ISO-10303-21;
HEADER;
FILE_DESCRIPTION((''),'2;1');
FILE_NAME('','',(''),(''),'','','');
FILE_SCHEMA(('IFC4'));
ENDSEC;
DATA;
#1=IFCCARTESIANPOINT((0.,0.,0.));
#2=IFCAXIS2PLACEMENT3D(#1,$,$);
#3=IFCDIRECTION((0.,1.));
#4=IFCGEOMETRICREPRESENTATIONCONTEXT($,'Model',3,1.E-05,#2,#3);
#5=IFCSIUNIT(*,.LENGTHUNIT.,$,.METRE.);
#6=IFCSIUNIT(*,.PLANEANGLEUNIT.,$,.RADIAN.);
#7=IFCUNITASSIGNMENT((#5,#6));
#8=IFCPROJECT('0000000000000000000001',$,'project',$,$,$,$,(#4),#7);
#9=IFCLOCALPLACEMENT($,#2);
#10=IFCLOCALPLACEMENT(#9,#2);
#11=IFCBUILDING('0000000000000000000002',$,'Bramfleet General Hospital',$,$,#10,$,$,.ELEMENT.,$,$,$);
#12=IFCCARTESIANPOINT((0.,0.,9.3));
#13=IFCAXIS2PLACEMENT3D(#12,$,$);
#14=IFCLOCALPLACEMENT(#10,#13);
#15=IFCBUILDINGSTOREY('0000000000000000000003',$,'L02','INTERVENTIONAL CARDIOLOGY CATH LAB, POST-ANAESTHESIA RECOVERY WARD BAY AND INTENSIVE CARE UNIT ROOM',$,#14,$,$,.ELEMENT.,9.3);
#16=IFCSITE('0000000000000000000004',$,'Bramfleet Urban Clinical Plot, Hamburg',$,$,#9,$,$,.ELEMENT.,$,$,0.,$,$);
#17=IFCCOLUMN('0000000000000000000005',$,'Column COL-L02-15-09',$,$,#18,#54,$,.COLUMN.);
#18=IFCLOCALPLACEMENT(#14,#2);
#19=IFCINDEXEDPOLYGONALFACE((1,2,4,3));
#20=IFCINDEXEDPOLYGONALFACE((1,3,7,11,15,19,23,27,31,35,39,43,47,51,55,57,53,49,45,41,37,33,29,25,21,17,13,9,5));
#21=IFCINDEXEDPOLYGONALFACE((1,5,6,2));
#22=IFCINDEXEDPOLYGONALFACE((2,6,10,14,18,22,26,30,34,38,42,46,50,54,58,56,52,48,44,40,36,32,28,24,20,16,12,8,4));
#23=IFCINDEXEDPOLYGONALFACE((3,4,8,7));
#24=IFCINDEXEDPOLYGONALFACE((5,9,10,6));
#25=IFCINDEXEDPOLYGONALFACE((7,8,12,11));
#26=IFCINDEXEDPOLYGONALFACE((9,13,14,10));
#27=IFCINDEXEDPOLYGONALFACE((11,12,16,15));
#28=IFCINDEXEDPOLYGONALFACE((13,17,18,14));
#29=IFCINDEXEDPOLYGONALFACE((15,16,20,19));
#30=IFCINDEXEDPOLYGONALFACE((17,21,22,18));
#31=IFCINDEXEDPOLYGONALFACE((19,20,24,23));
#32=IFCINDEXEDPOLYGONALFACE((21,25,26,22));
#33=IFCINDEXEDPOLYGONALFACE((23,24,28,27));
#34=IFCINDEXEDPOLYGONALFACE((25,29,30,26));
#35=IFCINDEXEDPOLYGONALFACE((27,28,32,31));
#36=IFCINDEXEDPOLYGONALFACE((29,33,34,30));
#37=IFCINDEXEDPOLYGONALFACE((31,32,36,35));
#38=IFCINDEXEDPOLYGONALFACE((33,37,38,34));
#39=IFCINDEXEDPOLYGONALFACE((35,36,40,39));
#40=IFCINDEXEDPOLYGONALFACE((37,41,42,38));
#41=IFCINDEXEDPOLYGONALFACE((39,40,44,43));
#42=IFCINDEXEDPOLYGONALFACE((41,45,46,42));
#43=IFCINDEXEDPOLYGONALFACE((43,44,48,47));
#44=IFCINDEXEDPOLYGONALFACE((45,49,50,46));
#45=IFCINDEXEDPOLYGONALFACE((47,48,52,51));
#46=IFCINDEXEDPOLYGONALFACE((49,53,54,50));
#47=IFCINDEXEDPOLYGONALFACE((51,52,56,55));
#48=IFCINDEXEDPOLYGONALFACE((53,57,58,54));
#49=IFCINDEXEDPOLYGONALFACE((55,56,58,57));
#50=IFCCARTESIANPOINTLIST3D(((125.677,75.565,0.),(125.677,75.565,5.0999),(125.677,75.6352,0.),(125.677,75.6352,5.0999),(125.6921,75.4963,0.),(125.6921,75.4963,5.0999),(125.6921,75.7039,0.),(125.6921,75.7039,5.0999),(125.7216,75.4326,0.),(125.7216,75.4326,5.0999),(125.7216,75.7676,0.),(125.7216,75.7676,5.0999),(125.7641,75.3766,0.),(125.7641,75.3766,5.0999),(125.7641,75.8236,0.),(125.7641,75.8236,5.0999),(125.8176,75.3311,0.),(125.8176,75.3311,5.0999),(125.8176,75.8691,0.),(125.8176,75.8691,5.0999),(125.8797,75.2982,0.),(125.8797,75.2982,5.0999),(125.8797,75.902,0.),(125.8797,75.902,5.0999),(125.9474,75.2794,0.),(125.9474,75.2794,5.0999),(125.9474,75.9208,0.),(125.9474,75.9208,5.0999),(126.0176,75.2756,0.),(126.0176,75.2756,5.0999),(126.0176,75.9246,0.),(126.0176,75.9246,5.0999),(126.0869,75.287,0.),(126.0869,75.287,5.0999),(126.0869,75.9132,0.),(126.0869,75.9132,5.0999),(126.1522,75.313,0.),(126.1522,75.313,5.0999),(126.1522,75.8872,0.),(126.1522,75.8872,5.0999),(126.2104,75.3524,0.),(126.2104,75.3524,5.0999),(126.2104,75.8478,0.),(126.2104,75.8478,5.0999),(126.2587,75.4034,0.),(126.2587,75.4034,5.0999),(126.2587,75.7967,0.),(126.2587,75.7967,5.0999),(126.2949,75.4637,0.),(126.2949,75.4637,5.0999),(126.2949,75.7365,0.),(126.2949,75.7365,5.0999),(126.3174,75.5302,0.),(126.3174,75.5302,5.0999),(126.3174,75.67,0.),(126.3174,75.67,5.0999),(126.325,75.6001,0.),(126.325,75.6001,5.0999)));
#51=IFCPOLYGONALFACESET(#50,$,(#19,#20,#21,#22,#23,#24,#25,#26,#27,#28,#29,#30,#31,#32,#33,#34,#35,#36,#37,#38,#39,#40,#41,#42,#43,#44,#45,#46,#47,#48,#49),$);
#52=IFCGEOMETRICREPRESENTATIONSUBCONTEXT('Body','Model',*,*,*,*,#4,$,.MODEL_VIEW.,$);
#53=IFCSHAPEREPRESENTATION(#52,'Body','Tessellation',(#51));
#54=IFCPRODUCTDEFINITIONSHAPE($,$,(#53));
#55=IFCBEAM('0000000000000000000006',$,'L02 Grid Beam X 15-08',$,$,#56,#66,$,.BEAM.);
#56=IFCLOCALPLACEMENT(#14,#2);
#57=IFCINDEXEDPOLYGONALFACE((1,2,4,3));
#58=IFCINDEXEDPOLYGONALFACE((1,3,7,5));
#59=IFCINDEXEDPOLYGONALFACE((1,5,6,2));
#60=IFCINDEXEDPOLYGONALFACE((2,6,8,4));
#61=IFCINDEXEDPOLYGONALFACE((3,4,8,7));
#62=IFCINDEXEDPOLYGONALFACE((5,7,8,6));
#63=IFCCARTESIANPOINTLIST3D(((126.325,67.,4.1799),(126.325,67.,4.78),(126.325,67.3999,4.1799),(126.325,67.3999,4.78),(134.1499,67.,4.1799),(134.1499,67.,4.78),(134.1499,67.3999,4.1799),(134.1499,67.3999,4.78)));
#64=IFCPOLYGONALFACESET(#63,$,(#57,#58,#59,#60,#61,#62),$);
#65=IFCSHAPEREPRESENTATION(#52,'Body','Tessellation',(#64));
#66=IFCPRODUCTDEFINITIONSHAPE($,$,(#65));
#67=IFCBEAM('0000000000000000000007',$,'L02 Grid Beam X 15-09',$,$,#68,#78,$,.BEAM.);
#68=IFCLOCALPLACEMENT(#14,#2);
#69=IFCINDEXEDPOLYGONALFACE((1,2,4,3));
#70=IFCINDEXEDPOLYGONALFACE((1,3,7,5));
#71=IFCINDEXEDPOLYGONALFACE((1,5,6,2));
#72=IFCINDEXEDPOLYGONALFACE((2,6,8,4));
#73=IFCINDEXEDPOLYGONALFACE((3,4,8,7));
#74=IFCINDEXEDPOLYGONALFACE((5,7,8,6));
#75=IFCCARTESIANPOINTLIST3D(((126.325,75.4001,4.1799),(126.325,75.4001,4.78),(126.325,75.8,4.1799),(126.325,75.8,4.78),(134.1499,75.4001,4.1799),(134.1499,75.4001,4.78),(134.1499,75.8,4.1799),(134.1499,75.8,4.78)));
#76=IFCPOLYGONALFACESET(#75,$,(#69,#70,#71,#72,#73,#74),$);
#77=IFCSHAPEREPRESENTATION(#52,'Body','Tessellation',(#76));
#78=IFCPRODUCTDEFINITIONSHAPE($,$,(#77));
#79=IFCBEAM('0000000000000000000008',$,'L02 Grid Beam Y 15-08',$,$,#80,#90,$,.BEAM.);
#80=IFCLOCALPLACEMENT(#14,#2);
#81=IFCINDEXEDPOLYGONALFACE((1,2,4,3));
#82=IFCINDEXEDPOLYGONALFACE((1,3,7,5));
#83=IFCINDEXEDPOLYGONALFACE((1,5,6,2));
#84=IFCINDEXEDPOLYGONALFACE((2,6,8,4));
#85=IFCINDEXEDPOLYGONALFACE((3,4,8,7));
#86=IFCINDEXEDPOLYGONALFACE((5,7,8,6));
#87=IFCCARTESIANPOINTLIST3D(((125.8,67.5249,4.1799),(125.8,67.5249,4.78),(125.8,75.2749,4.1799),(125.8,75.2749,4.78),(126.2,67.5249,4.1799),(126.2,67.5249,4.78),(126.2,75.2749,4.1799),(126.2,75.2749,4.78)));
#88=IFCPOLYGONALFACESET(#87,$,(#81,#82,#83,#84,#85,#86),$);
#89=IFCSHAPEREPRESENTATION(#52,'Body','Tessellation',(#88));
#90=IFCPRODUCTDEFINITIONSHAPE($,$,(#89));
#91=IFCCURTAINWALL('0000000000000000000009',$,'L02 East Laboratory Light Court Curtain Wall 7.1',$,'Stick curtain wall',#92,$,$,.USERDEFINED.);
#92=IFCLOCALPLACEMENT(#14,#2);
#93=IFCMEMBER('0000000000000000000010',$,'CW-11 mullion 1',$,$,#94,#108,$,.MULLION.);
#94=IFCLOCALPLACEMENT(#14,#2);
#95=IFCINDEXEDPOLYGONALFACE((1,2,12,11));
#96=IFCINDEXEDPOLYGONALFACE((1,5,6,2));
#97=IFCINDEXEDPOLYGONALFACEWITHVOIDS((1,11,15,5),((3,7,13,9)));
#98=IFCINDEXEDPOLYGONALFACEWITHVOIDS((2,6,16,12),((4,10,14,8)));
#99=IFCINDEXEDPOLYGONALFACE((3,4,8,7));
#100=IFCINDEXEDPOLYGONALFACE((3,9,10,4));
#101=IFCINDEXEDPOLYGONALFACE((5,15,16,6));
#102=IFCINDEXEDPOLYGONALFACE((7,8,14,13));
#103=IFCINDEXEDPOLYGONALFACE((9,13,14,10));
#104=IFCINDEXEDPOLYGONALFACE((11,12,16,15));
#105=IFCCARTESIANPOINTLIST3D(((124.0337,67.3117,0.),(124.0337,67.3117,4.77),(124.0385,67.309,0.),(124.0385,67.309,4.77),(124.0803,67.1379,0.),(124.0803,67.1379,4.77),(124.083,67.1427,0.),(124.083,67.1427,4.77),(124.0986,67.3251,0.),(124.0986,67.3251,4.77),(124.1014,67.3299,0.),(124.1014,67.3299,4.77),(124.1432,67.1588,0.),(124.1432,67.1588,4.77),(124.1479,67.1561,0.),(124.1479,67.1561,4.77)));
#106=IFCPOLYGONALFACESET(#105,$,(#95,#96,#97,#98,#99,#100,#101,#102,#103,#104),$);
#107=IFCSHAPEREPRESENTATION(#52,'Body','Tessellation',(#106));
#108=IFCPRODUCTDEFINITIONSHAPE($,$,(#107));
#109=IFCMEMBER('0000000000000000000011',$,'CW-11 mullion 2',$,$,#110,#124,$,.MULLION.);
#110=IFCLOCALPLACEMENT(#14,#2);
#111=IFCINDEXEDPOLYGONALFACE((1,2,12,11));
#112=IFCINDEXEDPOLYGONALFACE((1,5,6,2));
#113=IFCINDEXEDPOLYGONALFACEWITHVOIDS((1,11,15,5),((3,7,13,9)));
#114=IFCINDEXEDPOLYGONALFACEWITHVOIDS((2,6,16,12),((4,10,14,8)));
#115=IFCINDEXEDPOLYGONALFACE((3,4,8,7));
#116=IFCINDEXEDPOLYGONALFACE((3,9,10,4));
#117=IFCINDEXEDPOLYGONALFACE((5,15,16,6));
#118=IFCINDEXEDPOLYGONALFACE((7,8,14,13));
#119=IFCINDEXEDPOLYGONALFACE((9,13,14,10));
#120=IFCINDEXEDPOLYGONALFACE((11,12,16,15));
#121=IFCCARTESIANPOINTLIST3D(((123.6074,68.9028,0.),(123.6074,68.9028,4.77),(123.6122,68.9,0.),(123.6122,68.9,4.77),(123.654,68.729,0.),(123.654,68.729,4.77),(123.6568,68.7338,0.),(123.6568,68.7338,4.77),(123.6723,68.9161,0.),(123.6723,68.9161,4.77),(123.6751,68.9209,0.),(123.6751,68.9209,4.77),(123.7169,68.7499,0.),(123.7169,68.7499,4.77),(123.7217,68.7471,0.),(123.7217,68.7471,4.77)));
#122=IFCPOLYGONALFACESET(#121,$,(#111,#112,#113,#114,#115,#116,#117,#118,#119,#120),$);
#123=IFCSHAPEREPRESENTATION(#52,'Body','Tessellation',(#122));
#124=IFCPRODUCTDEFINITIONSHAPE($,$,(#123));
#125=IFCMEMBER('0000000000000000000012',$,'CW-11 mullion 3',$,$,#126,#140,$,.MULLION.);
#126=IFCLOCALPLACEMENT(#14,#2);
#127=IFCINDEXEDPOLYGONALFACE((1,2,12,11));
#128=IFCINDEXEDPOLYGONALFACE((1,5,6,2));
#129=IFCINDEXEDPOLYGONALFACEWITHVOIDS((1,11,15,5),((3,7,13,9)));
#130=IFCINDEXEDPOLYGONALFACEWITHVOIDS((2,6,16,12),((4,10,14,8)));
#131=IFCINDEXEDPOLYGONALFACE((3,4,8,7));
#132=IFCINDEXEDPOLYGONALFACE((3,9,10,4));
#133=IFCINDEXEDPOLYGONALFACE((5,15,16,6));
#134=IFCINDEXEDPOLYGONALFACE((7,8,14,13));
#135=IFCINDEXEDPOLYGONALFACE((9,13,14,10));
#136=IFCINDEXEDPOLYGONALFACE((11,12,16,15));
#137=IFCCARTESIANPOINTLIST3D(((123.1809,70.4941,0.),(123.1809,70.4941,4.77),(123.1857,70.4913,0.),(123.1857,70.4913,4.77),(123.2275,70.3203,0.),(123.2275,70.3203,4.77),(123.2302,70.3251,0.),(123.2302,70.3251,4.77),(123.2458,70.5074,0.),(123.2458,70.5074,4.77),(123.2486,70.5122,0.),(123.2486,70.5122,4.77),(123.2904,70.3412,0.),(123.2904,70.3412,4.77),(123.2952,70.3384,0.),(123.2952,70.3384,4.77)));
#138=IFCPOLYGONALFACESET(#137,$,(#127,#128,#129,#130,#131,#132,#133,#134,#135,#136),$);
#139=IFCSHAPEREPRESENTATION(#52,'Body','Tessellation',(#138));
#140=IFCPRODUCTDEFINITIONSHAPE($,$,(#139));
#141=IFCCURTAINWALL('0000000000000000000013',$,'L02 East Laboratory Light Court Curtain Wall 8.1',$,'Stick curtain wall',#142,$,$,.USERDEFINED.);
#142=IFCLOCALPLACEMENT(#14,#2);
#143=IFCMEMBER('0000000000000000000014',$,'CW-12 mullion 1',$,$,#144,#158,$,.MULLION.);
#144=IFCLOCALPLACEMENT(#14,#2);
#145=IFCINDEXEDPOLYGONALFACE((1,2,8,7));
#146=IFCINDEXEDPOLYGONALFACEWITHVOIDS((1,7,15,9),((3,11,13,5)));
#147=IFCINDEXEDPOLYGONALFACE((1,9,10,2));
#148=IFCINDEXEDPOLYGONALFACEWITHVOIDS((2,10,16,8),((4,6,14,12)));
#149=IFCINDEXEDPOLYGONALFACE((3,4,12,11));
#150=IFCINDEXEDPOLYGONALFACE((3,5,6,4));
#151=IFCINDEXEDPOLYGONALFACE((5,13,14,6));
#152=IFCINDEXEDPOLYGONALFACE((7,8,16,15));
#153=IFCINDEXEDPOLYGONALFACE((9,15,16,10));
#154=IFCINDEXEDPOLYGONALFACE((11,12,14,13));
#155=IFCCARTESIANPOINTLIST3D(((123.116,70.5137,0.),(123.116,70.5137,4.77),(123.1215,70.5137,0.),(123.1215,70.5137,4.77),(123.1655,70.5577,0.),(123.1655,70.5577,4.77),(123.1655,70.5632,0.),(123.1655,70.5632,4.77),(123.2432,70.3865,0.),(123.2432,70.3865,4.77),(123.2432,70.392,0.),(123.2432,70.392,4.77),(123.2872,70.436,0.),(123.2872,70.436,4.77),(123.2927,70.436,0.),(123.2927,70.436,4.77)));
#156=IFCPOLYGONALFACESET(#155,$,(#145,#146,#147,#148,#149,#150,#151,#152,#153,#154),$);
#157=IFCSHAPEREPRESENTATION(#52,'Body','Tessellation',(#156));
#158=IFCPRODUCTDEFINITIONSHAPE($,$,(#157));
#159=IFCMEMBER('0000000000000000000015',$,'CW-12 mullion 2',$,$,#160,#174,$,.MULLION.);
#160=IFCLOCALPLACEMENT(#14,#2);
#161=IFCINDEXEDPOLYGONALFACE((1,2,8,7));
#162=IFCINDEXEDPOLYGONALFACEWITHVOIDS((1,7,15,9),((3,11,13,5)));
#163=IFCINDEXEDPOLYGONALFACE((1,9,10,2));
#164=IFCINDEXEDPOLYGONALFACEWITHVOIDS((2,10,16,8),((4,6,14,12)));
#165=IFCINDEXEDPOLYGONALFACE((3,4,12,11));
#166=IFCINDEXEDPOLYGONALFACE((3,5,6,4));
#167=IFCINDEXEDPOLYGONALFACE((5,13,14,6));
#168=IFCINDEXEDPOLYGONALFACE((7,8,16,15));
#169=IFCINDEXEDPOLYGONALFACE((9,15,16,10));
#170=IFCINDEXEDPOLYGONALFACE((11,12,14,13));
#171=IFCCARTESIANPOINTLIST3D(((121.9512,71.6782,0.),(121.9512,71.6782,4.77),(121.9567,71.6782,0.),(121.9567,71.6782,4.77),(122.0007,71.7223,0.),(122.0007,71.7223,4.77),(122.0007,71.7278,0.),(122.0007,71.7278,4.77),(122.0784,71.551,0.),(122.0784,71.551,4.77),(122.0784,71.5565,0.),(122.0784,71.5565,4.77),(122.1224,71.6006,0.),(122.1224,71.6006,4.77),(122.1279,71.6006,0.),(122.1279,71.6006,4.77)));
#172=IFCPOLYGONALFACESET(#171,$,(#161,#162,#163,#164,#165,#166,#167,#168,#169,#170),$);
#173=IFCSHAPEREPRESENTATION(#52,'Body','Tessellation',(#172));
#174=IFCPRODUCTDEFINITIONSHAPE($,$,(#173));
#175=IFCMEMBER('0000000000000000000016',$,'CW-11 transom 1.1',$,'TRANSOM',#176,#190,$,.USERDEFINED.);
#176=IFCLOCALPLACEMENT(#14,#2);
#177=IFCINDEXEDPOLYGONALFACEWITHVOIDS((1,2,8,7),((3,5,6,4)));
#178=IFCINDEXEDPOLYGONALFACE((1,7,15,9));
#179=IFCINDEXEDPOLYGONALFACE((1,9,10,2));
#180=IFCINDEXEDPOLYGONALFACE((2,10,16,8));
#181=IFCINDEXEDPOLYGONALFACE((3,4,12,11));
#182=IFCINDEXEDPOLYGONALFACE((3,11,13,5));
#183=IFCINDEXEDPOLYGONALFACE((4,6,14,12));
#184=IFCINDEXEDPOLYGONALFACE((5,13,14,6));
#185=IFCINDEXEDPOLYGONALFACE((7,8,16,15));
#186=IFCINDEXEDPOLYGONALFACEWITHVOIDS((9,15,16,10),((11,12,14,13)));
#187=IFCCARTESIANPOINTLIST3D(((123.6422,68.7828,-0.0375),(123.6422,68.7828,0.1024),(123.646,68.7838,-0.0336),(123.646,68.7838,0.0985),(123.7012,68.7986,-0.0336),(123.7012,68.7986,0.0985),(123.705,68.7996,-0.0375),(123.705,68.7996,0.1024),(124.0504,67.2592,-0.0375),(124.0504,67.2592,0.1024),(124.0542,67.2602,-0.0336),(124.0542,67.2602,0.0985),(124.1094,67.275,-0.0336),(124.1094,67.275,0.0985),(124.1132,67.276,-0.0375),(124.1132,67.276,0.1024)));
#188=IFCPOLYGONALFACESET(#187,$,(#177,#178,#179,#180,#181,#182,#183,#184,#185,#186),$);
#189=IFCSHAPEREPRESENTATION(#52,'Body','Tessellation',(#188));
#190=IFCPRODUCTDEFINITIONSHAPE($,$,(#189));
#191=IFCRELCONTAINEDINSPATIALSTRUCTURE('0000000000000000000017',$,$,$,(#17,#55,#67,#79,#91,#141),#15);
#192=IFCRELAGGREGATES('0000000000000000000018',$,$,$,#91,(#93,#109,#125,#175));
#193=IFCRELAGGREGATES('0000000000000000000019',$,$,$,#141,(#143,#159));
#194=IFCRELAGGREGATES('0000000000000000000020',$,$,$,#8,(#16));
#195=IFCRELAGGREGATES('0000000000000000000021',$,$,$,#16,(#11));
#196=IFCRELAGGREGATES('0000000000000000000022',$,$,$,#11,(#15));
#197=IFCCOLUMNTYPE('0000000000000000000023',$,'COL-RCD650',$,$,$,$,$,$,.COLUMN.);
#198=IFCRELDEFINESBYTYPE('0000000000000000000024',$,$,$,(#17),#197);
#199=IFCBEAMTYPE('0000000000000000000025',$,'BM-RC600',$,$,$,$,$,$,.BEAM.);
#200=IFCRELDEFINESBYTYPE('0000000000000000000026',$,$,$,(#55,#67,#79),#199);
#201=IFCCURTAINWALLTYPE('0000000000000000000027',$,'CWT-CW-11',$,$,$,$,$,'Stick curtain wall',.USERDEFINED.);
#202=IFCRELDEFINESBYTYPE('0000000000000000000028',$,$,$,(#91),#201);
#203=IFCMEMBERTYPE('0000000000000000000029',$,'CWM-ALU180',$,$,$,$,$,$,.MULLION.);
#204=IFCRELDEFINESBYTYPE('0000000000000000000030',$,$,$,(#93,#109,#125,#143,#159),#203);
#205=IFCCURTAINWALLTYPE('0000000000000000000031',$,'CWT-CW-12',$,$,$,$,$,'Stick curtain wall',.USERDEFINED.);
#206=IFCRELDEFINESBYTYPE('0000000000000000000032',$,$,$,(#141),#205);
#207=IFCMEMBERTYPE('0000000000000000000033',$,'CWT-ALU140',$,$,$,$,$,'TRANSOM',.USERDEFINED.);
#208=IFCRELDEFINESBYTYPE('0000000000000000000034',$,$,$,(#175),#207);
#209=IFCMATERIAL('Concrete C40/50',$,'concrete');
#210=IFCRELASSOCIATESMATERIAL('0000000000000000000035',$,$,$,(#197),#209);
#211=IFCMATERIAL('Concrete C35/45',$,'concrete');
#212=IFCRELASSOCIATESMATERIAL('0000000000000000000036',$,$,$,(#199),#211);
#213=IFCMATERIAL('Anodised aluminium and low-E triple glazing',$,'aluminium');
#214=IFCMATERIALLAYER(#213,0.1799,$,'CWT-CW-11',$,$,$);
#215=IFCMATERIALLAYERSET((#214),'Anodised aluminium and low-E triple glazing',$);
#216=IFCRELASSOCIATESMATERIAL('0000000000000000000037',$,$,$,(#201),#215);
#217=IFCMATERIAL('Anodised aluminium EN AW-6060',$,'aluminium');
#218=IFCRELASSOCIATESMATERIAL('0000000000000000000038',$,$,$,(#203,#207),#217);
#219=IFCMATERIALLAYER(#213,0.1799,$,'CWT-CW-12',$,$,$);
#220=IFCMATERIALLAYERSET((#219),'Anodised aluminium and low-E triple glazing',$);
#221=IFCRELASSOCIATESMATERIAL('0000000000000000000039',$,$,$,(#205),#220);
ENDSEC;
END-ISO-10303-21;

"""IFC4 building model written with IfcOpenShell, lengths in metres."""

from ifc_helpers import new_model, si_unit, direction, frame, origin, origin_2d, place, context, subcontext, project, spatial, rectangle, hollow_rectangle, circle, extrude, material, layer, layer_set, material_profile, profile_set, type_object, element, aggregate, save


model = new_model("IFC4")

# Units and contexts
model_context = context("Model", 3, precision=1e-05, world=origin(), true_north=direction((0.0, 1.0)))
body_context = subcontext(model_context, "Body", "Model", "MODEL_VIEW")
ifc_project = project(units=[si_unit("LENGTHUNIT", "METRE"), si_unit("PLANEANGLEUNIT", "RADIAN")], contexts=[model_context])

# Site, building, storey
site_placement = place(None, origin())
site = spatial("IfcSite", under=ifc_project, at=site_placement, Name="Bramfleet Urban Clinical Plot, Hamburg", CompositionType="ELEMENT", RefElevation=0.0)
building_placement = place(site_placement, origin())
building = spatial("IfcBuilding", under=site, at=building_placement, Name="Bramfleet General Hospital", CompositionType="ELEMENT")
storey_placement = place(building_placement, frame((0.0, 0.0, 9.3)))
storey = spatial("IfcBuildingStorey", under=building, at=storey_placement, Name="L02", Description="INTERVENTIONAL CARDIOLOGY CATH LAB, POST-ANAESTHESIA RECOVERY WARD BAY AND INTENSIVE CARE UNIT ROOM", CompositionType="ELEMENT", Elevation=9.3)

# Column
ifc_material_1 = material(Name="Concrete C40/50", Category="concrete")
ifc_material_profile_1 = material_profile(ifc_material_1, circle(Radius=0.325, at=origin_2d()), Name="RC ROUND D650")
ifc_profile_set_1 = profile_set([ifc_material_profile_1], Name="Concrete C40/50")
column_type = type_object("IfcColumnType", Name="COL-RCD650", PredefinedType="COLUMN", material=ifc_profile_set_1)
column_placement = place(storey_placement, frame((126.0, 75.6001, 0.0), z_axis=(0.0, 0.0, 1.0), x_axis=(1.0, 0.0, 0.0)))
element("IfcColumn", 1, at=column_placement, inside=storey, type_object=column_type, Name="Column COL-L02-15-09", PredefinedType="COLUMN", context=body_context, shape_type="SweptSolid", body=[
    extrude(circle(Radius=0.325, at=origin_2d()), origin(), (0.0, 0.0, 1.0), 5.0999),
])

# Beams
ifc_material_2 = material(Name="Concrete C35/45", Category="concrete")
ifc_material_profile_2 = material_profile(ifc_material_2, rectangle(XDim=0.3999, YDim=0.6001, at=origin_2d()), Name="RC BM 600x400")
ifc_profile_set_2 = profile_set([ifc_material_profile_2], Name="Concrete C35/45")
beam_type = type_object("IfcBeamType", Name="BM-RC600", PredefinedType="BEAM", material=ifc_profile_set_2)
for number, where, z_axis, x_axis, name in (
    (2, (126.325, 67.2, 4.48), (1.0, 0.0, 0.0), (0.0, 1.0, 0.0), "L02 Grid Beam X 15-08"),
    (3, (126.325, 75.6001, 4.48), (1.0, 0.0, 0.0), (0.0, 1.0, 0.0), "L02 Grid Beam X 15-09"),
):
    element("IfcBeam", number, at=place(storey_placement, frame(where, z_axis=z_axis, x_axis=x_axis)), inside=storey, type_object=beam_type, Name=name, PredefinedType="BEAM", context=body_context, shape_type="SweptSolid", body=[
        extrude(rectangle(XDim=0.3999, YDim=0.6001, at=origin_2d()), origin(), (0.0, 0.0, 1.0), 7.825),
    ])
beam_placement = place(storey_placement, frame((126.0, 67.5249, 4.48), z_axis=(0.0, 1.0, 0.0), x_axis=(-1.0, 0.0, 0.0)))
element("IfcBeam", 4, at=beam_placement, inside=storey, type_object=beam_type, Name="L02 Grid Beam Y 15-08", PredefinedType="BEAM", context=body_context, shape_type="SweptSolid", body=[
    extrude(rectangle(XDim=0.3999, YDim=0.6001, at=origin_2d()), origin(), (0.0, 0.0, 1.0), 7.75),
])

# Curtain walls, members
ifc_material_3 = material(Name="Anodised aluminium and low-E triple glazing", Category="aluminium")
ifc_layer_1 = layer(ifc_material_3, 0.1799, Name="CWT-CW-11")
ifc_layer_set_1 = layer_set([ifc_layer_1], Name="Anodised aluminium and low-E triple glazing")
curtain_wall_type_1 = type_object("IfcCurtainWallType", Name="CWT-CW-11", ElementType="Stick curtain wall", PredefinedType="USERDEFINED", material=ifc_layer_set_1)
curtain_wall_1_placement = place(storey_placement, origin())
curtain_wall_1 = element("IfcCurtainWall", 5, at=curtain_wall_1_placement, inside=storey, type_object=curtain_wall_type_1, Name="L02 East Laboratory Light Court Curtain Wall 7.1", ObjectType="Stick curtain wall", PredefinedType="USERDEFINED")
ifc_material_4 = material(Name="Anodised aluminium EN AW-6060", Category="aluminium")
ifc_material_profile_3 = material_profile(ifc_material_4, hollow_rectangle(XDim=0.0701, YDim=0.1799, WallThickness=0.0039, at=origin_2d()), Name="ALU 180x70x4.0")
ifc_profile_set_3 = profile_set([ifc_material_profile_3], Name="Anodised aluminium EN AW-6060")
member_type_1 = type_object("IfcMemberType", Name="CWM-ALU180", PredefinedType="MULLION", material=ifc_profile_set_3)
member_1_placement = place(storey_placement, frame((124.0908, 67.2339, 0.0), z_axis=(0.0, 0.0, 1.0), x_axis=(-0.965914, -0.258865, 0.0)))
member_1 = element("IfcMember", 6, at=member_1_placement, type_object=member_type_1, Name="CW-11 mullion 1", PredefinedType="MULLION", context=body_context, shape_type="SweptSolid", body=[
    extrude(hollow_rectangle(XDim=0.0701, YDim=0.1799, WallThickness=0.0039, at=origin_2d()), origin(), (0.0, 0.0, 1.0), 4.77),
])
member_2_placement = place(storey_placement, frame((123.6646, 68.825, 0.0), z_axis=(0.0, 0.0, 1.0), x_axis=(-0.965914, -0.258865, 0.0)))
member_2 = element("IfcMember", 7, at=member_2_placement, type_object=member_type_1, Name="CW-11 mullion 2", PredefinedType="MULLION", context=body_context, shape_type="SweptSolid", body=[
    extrude(hollow_rectangle(XDim=0.0701, YDim=0.1799, WallThickness=0.0039, at=origin_2d()), origin(), (0.0, 0.0, 1.0), 4.77),
])
member_3_placement = place(storey_placement, frame((123.238, 70.4163, 0.0), z_axis=(0.0, 0.0, 1.0), x_axis=(-0.965914, -0.258865, 0.0)))
member_3 = element("IfcMember", 8, at=member_3_placement, type_object=member_type_1, Name="CW-11 mullion 3", PredefinedType="MULLION", context=body_context, shape_type="SweptSolid", body=[
    extrude(hollow_rectangle(XDim=0.0701, YDim=0.1799, WallThickness=0.0039, at=origin_2d()), origin(), (0.0, 0.0, 1.0), 4.77),
])
ifc_layer_2 = layer(ifc_material_3, 0.1799, Name="CWT-CW-12")
ifc_layer_set_2 = layer_set([ifc_layer_2], Name="Anodised aluminium and low-E triple glazing")
curtain_wall_type_2 = type_object("IfcCurtainWallType", Name="CWT-CW-12", ElementType="Stick curtain wall", PredefinedType="USERDEFINED", material=ifc_layer_set_2)
curtain_wall_2_placement = place(storey_placement, origin())
curtain_wall_2 = element("IfcCurtainWall", 9, at=curtain_wall_2_placement, inside=storey, type_object=curtain_wall_type_2, Name="L02 East Laboratory Light Court Curtain Wall 8.1", ObjectType="Stick curtain wall", PredefinedType="USERDEFINED")
member_4_placement = place(storey_placement, frame((123.2043, 70.4749, 0.0), z_axis=(0.0, 0.0, 1.0), x_axis=(-0.707107, -0.707107, 0.0)))
member_4 = element("IfcMember", 10, at=member_4_placement, type_object=member_type_1, Name="CW-12 mullion 1", PredefinedType="MULLION", context=body_context, shape_type="SweptSolid", body=[
    extrude(hollow_rectangle(XDim=0.0701, YDim=0.1799, WallThickness=0.0039, at=origin_2d()), origin(), (0.0, 0.0, 1.0), 4.77),
])
member_5_placement = place(storey_placement, frame((122.0396, 71.6394, 0.0), z_axis=(0.0, 0.0, 1.0), x_axis=(-0.707107, -0.707107, 0.0)))
member_5 = element("IfcMember", 11, at=member_5_placement, type_object=member_type_1, Name="CW-12 mullion 2", PredefinedType="MULLION", context=body_context, shape_type="SweptSolid", body=[
    extrude(hollow_rectangle(XDim=0.0701, YDim=0.1799, WallThickness=0.0039, at=origin_2d()), origin(), (0.0, 0.0, 1.0), 4.77),
])

# Member
ifc_material_profile_4 = material_profile(ifc_material_4, hollow_rectangle(XDim=0.0649, YDim=0.1399, WallThickness=0.0039, at=origin_2d()), Name="ALU 140x65x4.0")
ifc_profile_set_4 = profile_set([ifc_material_profile_4], Name="Anodised aluminium EN AW-6060")
member_type_2 = type_object("IfcMemberType", Name="CWT-ALU140", ElementType="TRANSOM", PredefinedType="USERDEFINED", material=ifc_profile_set_4)
member_6_placement = place(storey_placement, frame((124.0818, 67.2676, 0.0325), z_axis=(-0.25878, 0.965936, 0.0), x_axis=(-0.965936, -0.25878, 0.0)))
member_6 = element("IfcMember", 12, at=member_6_placement, type_object=member_type_2, Name="CW-11 transom 1.1", ObjectType="TRANSOM", PredefinedType="USERDEFINED", context=body_context, shape_type="SweptSolid", body=[
    extrude(hollow_rectangle(XDim=0.0649, YDim=0.1399, WallThickness=0.0039, at=origin_2d()), origin(), (0.0, 0.0, 1.0), 1.5774),
])

aggregate(curtain_wall_1, [member_1, member_2, member_3, member_6])
aggregate(curtain_wall_2, [member_4, member_5])

save(model, "model.ifc")
